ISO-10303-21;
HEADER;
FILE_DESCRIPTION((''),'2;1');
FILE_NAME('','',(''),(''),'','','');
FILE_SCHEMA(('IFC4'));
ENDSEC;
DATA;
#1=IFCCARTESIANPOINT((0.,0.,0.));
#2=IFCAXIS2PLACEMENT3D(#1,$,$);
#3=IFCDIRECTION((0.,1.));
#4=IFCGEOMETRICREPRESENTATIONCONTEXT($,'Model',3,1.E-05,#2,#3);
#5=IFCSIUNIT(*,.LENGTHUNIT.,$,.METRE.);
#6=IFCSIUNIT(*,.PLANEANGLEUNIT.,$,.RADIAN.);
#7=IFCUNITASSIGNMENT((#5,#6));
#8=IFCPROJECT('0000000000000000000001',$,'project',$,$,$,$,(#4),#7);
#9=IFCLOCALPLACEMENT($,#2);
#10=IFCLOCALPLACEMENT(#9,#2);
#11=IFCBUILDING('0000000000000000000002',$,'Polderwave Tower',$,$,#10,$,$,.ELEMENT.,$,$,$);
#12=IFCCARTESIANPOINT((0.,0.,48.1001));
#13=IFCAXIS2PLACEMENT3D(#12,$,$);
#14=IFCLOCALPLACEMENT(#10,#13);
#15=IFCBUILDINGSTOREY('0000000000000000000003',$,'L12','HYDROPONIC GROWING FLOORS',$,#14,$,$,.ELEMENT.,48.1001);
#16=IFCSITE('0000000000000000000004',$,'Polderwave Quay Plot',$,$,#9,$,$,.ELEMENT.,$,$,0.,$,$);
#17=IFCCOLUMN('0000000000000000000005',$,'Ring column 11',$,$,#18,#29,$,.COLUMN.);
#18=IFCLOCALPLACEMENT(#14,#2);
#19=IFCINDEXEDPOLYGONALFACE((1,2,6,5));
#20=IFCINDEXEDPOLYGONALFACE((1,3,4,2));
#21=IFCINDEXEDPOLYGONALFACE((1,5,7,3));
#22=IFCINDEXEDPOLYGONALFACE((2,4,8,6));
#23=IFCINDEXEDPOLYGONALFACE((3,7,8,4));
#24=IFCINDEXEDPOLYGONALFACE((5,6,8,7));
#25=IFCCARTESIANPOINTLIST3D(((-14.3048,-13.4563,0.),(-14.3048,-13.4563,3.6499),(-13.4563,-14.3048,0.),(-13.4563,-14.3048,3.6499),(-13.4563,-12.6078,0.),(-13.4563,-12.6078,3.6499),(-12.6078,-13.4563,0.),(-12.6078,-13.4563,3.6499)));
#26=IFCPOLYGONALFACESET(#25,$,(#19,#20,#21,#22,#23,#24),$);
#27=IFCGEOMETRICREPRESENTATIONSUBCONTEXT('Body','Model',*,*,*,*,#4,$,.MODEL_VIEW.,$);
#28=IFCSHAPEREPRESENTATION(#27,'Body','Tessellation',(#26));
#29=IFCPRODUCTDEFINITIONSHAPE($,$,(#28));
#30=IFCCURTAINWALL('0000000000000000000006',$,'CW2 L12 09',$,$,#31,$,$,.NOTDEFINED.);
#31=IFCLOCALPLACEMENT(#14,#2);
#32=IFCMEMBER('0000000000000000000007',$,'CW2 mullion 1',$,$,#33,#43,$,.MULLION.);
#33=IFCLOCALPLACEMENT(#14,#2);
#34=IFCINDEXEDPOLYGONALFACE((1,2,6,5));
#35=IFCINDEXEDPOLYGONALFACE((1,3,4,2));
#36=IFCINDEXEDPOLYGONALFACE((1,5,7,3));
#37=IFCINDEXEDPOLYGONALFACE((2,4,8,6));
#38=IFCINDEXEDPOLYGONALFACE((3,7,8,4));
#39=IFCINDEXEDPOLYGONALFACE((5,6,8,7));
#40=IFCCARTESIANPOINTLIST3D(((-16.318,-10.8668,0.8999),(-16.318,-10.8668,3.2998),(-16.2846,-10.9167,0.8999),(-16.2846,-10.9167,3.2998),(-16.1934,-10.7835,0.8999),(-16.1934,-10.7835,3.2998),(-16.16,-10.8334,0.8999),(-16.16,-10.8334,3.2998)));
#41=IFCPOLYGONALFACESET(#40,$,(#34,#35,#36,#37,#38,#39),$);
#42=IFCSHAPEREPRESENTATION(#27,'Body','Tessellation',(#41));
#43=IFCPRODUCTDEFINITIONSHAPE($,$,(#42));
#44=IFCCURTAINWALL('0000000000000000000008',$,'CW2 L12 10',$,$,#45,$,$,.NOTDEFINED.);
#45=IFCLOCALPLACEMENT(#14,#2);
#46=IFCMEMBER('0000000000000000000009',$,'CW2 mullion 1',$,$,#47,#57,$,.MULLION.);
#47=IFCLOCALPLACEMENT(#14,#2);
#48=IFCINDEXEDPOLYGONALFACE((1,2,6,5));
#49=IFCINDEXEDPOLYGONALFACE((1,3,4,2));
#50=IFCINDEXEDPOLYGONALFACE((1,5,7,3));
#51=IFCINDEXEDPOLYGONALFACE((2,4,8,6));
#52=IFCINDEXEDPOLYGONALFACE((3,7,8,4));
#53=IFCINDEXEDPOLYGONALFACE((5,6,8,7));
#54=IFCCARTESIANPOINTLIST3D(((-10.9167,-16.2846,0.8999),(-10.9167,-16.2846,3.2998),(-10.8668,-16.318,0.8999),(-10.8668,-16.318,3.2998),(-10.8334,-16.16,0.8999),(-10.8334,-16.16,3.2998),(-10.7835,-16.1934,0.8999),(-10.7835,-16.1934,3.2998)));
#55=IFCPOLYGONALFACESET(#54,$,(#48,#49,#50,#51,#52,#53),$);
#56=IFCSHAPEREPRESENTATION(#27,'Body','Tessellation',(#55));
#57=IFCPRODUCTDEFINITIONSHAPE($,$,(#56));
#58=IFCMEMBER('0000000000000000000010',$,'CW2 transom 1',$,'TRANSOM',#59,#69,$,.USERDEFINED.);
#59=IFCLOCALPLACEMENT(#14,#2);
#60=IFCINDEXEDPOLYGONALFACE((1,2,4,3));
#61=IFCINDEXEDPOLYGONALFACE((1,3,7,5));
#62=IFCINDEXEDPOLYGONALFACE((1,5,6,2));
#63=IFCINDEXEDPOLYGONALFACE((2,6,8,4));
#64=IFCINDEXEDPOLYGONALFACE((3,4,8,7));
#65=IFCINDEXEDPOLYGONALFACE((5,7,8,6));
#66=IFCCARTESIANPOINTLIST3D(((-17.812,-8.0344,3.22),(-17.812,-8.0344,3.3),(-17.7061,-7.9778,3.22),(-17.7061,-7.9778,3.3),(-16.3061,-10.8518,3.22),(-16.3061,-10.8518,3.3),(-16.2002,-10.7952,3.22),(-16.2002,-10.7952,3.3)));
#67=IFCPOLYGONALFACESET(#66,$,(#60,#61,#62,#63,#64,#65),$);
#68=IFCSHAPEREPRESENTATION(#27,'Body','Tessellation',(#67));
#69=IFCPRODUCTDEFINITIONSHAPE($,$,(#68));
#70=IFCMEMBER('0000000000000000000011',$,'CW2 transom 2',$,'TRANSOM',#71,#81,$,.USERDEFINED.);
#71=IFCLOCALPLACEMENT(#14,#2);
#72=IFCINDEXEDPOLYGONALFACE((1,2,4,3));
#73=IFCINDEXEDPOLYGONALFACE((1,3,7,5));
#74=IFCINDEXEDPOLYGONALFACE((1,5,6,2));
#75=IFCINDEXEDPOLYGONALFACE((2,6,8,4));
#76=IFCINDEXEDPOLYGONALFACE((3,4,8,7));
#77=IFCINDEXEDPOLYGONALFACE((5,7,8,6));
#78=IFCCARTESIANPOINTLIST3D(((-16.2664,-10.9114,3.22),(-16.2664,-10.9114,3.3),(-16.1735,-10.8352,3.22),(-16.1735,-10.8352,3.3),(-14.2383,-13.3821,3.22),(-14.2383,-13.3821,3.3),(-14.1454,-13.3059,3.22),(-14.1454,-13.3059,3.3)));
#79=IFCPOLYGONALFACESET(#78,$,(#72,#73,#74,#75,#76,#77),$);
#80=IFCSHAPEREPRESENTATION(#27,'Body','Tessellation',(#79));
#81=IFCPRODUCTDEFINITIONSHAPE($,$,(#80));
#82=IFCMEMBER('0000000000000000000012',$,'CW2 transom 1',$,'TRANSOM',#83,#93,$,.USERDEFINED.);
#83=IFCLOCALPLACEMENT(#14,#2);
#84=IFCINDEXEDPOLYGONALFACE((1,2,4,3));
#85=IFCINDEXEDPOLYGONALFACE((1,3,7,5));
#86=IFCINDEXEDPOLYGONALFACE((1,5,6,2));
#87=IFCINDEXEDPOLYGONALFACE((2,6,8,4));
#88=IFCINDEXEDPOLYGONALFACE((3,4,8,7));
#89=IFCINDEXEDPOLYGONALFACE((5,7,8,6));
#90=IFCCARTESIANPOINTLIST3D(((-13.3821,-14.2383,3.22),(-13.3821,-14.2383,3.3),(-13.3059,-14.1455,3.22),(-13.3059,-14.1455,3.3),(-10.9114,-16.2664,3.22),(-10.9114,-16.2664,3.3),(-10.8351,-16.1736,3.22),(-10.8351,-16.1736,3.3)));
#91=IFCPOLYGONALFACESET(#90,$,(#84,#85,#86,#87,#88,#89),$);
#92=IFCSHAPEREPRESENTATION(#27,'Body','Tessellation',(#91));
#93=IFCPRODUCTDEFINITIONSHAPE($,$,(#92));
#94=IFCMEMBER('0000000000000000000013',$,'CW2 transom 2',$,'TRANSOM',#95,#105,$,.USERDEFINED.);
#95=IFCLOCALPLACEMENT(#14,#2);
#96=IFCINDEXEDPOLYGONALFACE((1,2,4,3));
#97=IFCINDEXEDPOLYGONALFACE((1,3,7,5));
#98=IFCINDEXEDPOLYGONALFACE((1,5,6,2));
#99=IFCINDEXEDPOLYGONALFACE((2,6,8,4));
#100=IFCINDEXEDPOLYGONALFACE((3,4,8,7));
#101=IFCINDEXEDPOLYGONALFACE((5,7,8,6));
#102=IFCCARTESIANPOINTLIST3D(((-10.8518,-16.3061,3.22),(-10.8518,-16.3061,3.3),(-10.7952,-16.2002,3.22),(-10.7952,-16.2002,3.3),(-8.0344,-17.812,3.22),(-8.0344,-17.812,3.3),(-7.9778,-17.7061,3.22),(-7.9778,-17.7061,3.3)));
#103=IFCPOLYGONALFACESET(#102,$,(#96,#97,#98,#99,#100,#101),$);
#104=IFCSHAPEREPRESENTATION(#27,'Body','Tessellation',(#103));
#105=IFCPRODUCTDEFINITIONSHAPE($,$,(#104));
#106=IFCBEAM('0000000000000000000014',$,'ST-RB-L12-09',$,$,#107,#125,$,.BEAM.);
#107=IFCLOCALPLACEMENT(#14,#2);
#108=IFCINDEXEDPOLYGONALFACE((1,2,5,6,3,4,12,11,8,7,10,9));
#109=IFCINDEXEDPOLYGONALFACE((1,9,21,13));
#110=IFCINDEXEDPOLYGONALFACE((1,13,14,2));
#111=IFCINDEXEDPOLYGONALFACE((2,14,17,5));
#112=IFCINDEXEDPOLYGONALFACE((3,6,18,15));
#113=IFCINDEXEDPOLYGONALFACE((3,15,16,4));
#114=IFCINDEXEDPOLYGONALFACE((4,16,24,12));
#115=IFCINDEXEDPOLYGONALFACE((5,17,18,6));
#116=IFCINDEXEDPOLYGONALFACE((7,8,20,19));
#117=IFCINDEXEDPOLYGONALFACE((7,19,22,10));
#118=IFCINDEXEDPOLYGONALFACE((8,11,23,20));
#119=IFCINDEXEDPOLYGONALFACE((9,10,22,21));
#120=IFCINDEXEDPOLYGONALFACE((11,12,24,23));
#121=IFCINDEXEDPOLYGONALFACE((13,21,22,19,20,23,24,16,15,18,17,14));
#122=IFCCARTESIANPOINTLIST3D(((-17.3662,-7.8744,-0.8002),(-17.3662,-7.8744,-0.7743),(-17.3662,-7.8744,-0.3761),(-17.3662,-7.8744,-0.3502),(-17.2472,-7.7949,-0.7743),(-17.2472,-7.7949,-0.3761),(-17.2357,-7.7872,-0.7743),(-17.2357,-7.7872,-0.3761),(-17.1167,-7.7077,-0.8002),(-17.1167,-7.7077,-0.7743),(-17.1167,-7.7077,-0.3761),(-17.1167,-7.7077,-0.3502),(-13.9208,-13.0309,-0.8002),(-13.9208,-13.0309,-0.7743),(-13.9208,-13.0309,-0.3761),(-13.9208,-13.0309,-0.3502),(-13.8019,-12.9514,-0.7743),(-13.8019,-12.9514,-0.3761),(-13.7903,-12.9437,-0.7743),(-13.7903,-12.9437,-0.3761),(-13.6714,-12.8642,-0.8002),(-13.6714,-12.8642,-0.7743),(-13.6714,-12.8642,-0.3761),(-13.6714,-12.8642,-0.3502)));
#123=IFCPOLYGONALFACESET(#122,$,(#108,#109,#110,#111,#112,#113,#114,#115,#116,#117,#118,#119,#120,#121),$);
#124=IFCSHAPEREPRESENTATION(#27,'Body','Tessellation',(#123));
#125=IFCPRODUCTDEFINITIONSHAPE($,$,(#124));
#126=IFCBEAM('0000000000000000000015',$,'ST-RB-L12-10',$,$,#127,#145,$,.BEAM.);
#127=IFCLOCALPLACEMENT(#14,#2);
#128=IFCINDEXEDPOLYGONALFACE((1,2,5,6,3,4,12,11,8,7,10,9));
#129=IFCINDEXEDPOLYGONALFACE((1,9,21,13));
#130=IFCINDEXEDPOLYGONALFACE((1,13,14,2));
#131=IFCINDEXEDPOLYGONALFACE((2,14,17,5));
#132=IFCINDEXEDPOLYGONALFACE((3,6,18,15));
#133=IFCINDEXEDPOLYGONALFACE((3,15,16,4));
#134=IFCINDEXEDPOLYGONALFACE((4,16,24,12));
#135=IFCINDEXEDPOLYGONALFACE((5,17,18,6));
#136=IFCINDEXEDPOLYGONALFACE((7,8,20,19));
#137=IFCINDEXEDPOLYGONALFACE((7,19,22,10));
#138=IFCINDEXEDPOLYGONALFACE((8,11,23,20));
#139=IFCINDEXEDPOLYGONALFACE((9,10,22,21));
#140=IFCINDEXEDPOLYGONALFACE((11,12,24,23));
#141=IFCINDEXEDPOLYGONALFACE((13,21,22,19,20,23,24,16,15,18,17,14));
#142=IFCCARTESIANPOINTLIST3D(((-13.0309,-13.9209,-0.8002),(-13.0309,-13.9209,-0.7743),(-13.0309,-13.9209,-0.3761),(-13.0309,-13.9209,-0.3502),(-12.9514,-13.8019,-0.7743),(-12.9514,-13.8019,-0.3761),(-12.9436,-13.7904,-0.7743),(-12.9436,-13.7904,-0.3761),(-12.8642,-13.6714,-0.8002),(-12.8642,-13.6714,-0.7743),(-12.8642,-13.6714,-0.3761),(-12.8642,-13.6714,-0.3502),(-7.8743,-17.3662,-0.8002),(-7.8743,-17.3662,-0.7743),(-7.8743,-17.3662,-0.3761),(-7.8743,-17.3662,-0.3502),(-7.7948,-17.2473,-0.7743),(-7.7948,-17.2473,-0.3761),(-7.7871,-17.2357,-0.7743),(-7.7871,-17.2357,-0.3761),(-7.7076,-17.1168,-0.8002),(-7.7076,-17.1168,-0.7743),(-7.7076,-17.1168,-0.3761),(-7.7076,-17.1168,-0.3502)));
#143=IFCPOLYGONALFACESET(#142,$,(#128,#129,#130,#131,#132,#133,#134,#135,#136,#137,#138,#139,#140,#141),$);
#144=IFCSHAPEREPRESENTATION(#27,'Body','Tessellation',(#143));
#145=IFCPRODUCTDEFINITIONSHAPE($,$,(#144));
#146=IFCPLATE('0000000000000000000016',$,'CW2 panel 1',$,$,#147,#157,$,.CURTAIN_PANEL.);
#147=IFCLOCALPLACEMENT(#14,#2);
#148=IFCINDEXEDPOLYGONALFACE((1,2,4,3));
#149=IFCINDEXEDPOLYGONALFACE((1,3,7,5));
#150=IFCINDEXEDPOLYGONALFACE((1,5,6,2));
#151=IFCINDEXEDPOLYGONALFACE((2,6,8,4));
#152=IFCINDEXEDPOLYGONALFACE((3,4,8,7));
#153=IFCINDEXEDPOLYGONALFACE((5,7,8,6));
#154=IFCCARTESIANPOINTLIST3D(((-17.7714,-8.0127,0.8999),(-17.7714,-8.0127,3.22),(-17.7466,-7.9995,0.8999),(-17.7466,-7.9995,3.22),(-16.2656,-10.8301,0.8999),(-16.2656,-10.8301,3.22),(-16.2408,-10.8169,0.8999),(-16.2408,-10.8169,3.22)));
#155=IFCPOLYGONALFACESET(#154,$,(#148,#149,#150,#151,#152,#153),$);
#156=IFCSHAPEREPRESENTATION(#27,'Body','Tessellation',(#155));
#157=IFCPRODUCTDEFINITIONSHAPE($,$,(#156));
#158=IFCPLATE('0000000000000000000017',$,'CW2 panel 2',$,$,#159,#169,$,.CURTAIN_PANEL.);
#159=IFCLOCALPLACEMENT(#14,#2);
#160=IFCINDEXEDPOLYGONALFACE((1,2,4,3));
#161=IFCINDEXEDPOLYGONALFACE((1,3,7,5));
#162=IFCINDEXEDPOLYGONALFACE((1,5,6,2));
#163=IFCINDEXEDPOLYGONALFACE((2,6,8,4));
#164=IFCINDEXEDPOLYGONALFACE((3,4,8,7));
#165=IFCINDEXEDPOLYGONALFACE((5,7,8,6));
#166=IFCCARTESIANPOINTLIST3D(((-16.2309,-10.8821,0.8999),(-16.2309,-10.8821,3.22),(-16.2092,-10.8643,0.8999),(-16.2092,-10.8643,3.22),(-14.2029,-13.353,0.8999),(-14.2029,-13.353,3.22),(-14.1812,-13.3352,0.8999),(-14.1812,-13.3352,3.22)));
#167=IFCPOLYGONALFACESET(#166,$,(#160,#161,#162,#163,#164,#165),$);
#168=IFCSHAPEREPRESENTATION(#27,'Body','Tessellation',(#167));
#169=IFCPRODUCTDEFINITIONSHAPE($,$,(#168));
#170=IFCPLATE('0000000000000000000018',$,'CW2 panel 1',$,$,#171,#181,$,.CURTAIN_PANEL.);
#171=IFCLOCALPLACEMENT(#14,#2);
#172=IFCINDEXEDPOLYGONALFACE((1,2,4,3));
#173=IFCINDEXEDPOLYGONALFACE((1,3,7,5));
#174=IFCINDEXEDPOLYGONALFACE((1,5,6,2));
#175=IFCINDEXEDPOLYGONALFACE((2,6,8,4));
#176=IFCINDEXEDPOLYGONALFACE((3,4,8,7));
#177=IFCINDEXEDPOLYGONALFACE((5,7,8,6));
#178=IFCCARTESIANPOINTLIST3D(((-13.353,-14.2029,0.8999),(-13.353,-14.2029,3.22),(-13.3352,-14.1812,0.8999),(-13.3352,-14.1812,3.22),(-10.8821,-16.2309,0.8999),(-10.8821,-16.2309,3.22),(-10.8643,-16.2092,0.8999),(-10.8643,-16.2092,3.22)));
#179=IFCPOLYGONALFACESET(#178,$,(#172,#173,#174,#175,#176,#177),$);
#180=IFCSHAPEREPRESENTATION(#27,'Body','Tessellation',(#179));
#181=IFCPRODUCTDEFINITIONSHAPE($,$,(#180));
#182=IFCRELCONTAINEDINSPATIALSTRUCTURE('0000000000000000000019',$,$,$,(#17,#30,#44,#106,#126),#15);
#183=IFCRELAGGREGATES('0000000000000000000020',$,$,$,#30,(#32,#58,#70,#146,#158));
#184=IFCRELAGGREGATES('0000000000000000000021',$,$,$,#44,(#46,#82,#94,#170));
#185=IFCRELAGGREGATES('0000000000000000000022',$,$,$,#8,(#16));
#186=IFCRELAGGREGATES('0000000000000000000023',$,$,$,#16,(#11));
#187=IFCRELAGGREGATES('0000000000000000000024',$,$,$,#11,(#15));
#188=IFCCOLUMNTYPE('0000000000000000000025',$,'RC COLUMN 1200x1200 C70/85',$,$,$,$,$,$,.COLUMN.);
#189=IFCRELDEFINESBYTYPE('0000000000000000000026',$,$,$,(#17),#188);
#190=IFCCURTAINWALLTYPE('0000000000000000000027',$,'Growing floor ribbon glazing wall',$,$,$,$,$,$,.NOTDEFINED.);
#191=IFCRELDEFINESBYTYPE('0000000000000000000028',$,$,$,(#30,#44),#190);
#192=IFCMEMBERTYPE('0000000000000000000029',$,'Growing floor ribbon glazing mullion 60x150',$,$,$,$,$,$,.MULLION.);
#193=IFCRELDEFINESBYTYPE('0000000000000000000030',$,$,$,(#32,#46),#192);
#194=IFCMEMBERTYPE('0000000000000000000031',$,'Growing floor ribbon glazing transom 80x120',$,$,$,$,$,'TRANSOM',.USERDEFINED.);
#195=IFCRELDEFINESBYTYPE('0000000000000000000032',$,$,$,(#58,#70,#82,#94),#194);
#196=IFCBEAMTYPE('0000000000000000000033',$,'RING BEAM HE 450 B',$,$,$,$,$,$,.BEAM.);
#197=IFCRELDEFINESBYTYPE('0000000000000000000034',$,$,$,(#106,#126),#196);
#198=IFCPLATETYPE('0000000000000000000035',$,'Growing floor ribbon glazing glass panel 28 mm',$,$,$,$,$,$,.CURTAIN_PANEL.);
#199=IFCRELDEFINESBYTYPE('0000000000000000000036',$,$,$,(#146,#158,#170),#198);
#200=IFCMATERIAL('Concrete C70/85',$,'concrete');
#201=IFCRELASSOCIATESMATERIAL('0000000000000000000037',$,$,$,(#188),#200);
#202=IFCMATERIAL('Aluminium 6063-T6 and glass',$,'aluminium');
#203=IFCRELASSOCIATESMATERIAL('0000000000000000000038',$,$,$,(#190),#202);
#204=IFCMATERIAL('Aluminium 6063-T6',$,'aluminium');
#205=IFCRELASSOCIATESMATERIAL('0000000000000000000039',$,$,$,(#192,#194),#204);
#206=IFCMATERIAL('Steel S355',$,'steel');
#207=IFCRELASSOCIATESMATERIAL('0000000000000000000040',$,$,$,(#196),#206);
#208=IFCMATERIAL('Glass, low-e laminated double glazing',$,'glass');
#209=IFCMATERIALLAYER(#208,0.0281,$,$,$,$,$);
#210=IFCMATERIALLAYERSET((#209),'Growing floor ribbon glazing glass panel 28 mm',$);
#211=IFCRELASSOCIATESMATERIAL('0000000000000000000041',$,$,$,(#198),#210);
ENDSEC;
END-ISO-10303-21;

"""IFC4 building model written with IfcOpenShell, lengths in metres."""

from ifc_helpers import new_model, si_unit, direction, frame, origin, origin_2d, place, context, subcontext, project, spatial, rectangle, i_section, extrude, material, layer, layer_set, material_profile, profile_set, type_object, element, aggregate, save


model = new_model("IFC4")

# Units and contexts
model_context = context("Model", 3, precision=1e-05, world=origin(), true_north=direction((0.0, 1.0)))
body_context = subcontext(model_context, "Body", "Model", "MODEL_VIEW")
ifc_project = project(units=[si_unit("LENGTHUNIT", "METRE"), si_unit("PLANEANGLEUNIT", "RADIAN")], contexts=[model_context])

# Site, building, storey
site_placement = place(None, origin())
site = spatial("IfcSite", under=ifc_project, at=site_placement, Name="Polderwave Quay Plot", CompositionType="ELEMENT", RefElevation=0.0)
building_placement = place(site_placement, origin())
building = spatial("IfcBuilding", under=site, at=building_placement, Name="Polderwave Tower", CompositionType="ELEMENT")
storey_placement = place(building_placement, frame((0.0, 0.0, 48.1001)))
storey = spatial("IfcBuildingStorey", under=building, at=storey_placement, Name="L12", Description="HYDROPONIC GROWING FLOORS", CompositionType="ELEMENT", Elevation=48.1001)

# Column
ifc_material_1 = material(Name="Concrete C70/85", Category="concrete")
ifc_material_profile_1 = material_profile(ifc_material_1, rectangle(XDim=1.2, YDim=1.2, at=origin_2d()), Name="RC 1200x1200")
ifc_profile_set_1 = profile_set([ifc_material_profile_1], Name="Concrete C70/85")
column_type = type_object("IfcColumnType", Name="RC COLUMN 1200x1200 C70/85", PredefinedType="COLUMN", material=ifc_profile_set_1)
column_placement = place(storey_placement, frame((-13.4563, -13.4563, 0.0), z_axis=(0.0, 0.0, 1.0), x_axis=(-0.707107, -0.707107, 0.0)))
element("IfcColumn", 1, at=column_placement, inside=storey, type_object=column_type, Name="Ring column 11", PredefinedType="COLUMN", context=body_context, shape_type="SweptSolid", body=[
    extrude(rectangle(XDim=1.2, YDim=1.2, at=origin_2d()), origin(), (0.0, 0.0, 1.0), 3.6499),
])

# Curtain walls, members
ifc_material_2 = material(Name="Aluminium 6063-T6 and glass", Category="aluminium")
curtain_wall_type = type_object("IfcCurtainWallType", Name="Growing floor ribbon glazing wall", PredefinedType="NOTDEFINED", material=ifc_material_2)
curtain_wall_1_placement = place(storey_placement, origin())
curtain_wall_1 = element("IfcCurtainWall", 2, at=curtain_wall_1_placement, inside=storey, type_object=curtain_wall_type, Name="CW2 L12 09", PredefinedType="NOTDEFINED")
ifc_material_3 = material(Name="Aluminium 6063-T6", Category="aluminium")
ifc_material_profile_2 = material_profile(ifc_material_3, rectangle(XDim=0.1499, YDim=0.0601, at=origin_2d()), Name="AL 60x150")
ifc_profile_set_2 = profile_set([ifc_material_profile_2], Name="Aluminium 6063-T6")
member_type_1 = type_object("IfcMemberType", Name="Growing floor ribbon glazing mullion 60x150", PredefinedType="MULLION", material=ifc_profile_set_2)
member_1_placement = place(storey_placement, frame((-16.239, -10.8501, 0.8999), z_axis=(0.0, 0.0, 1.0), x_axis=(0.831466, 0.555576, 0.0)))
member_1 = element("IfcMember", 3, at=member_1_placement, type_object=member_type_1, Name="CW2 mullion 1", PredefinedType="MULLION", context=body_context, shape_type="SweptSolid", body=[
    extrude(rectangle(XDim=0.1499, YDim=0.0601, at=origin_2d()), origin(), (0.0, 0.0, 1.0), 2.3999),
])
curtain_wall_2_placement = place(storey_placement, origin())
curtain_wall_2 = element("IfcCurtainWall", 4, at=curtain_wall_2_placement, inside=storey, type_object=curtain_wall_type, Name="CW2 L12 10", PredefinedType="NOTDEFINED")
member_2_placement = place(storey_placement, frame((-10.8501, -16.239, 0.8999), z_axis=(0.0, 0.0, 1.0), x_axis=(0.555576, 0.831466, 0.0)))
member_2 = element("IfcMember", 5, at=member_2_placement, type_object=member_type_1, Name="CW2 mullion 1", PredefinedType="MULLION", context=body_context, shape_type="SweptSolid", body=[
    extrude(rectangle(XDim=0.1499, YDim=0.0601, at=origin_2d()), origin(), (0.0, 0.0, 1.0), 2.3999),
])

# Members
ifc_material_profile_3 = material_profile(ifc_material_3, rectangle(XDim=0.1201, YDim=0.0801, at=origin_2d()), Name="AL 80x120")
ifc_profile_set_3 = profile_set([ifc_material_profile_3], Name="Aluminium 6063-T6")
member_type_2 = type_object("IfcMemberType", Name="Growing floor ribbon glazing transom 80x120", ElementType="TRANSOM", PredefinedType="USERDEFINED", material=ifc_profile_set_3)
member_3_placement = place(storey_placement, frame((-17.759, -8.0061, 3.26), z_axis=(0.471381, -0.881929, 0.0), x_axis=(0.881929, 0.471381, 0.0)))
member_3 = element("IfcMember", 6, at=member_3_placement, type_object=member_type_2, Name="CW2 transom 1", ObjectType="TRANSOM", PredefinedType="USERDEFINED", context=body_context, shape_type="SweptSolid", body=[
    extrude(rectangle(XDim=0.1201, YDim=0.0801, at=origin_2d()), origin(), (0.0, 0.0, 1.0), 3.1946),
])
member_4_placement = place(storey_placement, frame((-16.22, -10.8733, 3.26), z_axis=(0.634472, -0.772946, 0.0), x_axis=(0.772946, 0.634472, 0.0)))
member_4 = element("IfcMember", 7, at=member_4_placement, type_object=member_type_2, Name="CW2 transom 2", ObjectType="TRANSOM", PredefinedType="USERDEFINED", context=body_context, shape_type="SweptSolid", body=[
    extrude(rectangle(XDim=0.1201, YDim=0.0801, at=origin_2d()), origin(), (0.0, 0.0, 1.0), 3.1965),
])
member_5_placement = place(storey_placement, frame((-13.344, -14.1919, 3.26), z_axis=(0.772946, -0.634472, 0.0), x_axis=(0.634472, 0.772946, 0.0)))
member_5 = element("IfcMember", 8, at=member_5_placement, type_object=member_type_2, Name="CW2 transom 1", ObjectType="TRANSOM", PredefinedType="USERDEFINED", context=body_context, shape_type="SweptSolid", body=[
    extrude(rectangle(XDim=0.1201, YDim=0.0801, at=origin_2d()), origin(), (0.0, 0.0, 1.0), 3.1965),
])
member_6_placement = place(storey_placement, frame((-10.8235, -16.2532, 3.26), z_axis=(0.881929, -0.471381, 0.0), x_axis=(0.471381, 0.881929, 0.0)))
member_6 = element("IfcMember", 9, at=member_6_placement, type_object=member_type_2, Name="CW2 transom 2", ObjectType="TRANSOM", PredefinedType="USERDEFINED", context=body_context, shape_type="SweptSolid", body=[
    extrude(rectangle(XDim=0.1201, YDim=0.0801, at=origin_2d()), origin(), (0.0, 0.0, 1.0), 3.1946),
])

# Beams
ifc_material_4 = material(Name="Steel S355", Category="steel")
ifc_material_profile_4 = material_profile(ifc_material_4, i_section(OverallWidth=0.3, OverallDepth=0.45, WebThickness=0.0139, FlangeThickness=0.0259, at=origin_2d()), Name="HE 450 B")
ifc_profile_set_4 = profile_set([ifc_material_profile_4], Name="Steel S355")
beam_type = type_object("IfcBeamType", Name="RING BEAM HE 450 B", PredefinedType="BEAM", material=ifc_profile_set_4)
for number, where, z_axis, x_axis, name in (
    (10, (-17.2415, -7.791, -0.5752), (0.555554, -0.831481, 0.0), (0.831481, 0.555554, 0.0), "ST-RB-L12-09"),
    (11, (-12.9475, -13.7961, -0.5752), (0.831481, -0.555554, 0.0), (0.555554, 0.831481, 0.0), "ST-RB-L12-10"),
):
    element("IfcBeam", number, at=place(storey_placement, frame(where, z_axis=z_axis, x_axis=x_axis)), inside=storey, type_object=beam_type, Name=name, PredefinedType="BEAM", context=body_context, shape_type="SweptSolid", body=[
        extrude(i_section(OverallWidth=0.3, OverallDepth=0.45, WebThickness=0.0139, FlangeThickness=0.0259, at=origin_2d()), origin(), (0.0, 0.0, 1.0), 6.2017),
    ])

# Plates
ifc_material_5 = material(Name="Glass, low-e laminated double glazing", Category="glass")
ifc_layer_1 = layer(ifc_material_5, 0.0281)
ifc_layer_set_1 = layer_set([ifc_layer_1], Name="Growing floor ribbon glazing glass panel 28 mm")
plate_type = type_object("IfcPlateType", Name="Growing floor ribbon glazing glass panel 28 mm", PredefinedType="CURTAIN_PANEL", material=ifc_layer_set_1)
plate_1_placement = place(storey_placement, frame((-17.0061, -9.4148, 0.8999), z_axis=(0.0, 0.0, 1.0), x_axis=(0.471361, -0.88194, 0.0)))
plate_1 = element("IfcPlate", 12, at=plate_1_placement, type_object=plate_type, Name="CW2 panel 1", PredefinedType="CURTAIN_PANEL", context=body_context, shape_type="SweptSolid", body=[
    extrude(rectangle(XDim=3.1946, YDim=0.0281, at=origin_2d()), origin(), (0.0, 0.0, 1.0), 2.3201),
])
plate_2_placement = place(storey_placement, frame((-15.2061, -12.1086, 0.8999), z_axis=(0.0, 0.0, 1.0), x_axis=(0.634435, -0.772976, 0.0)))
plate_2 = element("IfcPlate", 13, at=plate_2_placement, type_object=plate_type, Name="CW2 panel 2", PredefinedType="CURTAIN_PANEL", context=body_context, shape_type="SweptSolid", body=[
    extrude(rectangle(XDim=3.1965, YDim=0.0281, at=origin_2d()), origin(), (0.0, 0.0, 1.0), 2.3201),
])
aggregate(curtain_wall_1, [member_1, member_3, member_4, plate_1, plate_2])
plate_3_placement = place(storey_placement, frame((-12.1086, -15.2061, 0.8999), z_axis=(0.0, 0.0, 1.0), x_axis=(0.772976, -0.634435, 0.0)))
plate_3 = element("IfcPlate", 14, at=plate_3_placement, type_object=plate_type, Name="CW2 panel 1", PredefinedType="CURTAIN_PANEL", context=body_context, shape_type="SweptSolid", body=[
    extrude(rectangle(XDim=3.1965, YDim=0.0281, at=origin_2d()), origin(), (0.0, 0.0, 1.0), 2.3201),
])
aggregate(curtain_wall_2, [member_2, member_5, member_6, plate_3])

save(model, "model.ifc")
